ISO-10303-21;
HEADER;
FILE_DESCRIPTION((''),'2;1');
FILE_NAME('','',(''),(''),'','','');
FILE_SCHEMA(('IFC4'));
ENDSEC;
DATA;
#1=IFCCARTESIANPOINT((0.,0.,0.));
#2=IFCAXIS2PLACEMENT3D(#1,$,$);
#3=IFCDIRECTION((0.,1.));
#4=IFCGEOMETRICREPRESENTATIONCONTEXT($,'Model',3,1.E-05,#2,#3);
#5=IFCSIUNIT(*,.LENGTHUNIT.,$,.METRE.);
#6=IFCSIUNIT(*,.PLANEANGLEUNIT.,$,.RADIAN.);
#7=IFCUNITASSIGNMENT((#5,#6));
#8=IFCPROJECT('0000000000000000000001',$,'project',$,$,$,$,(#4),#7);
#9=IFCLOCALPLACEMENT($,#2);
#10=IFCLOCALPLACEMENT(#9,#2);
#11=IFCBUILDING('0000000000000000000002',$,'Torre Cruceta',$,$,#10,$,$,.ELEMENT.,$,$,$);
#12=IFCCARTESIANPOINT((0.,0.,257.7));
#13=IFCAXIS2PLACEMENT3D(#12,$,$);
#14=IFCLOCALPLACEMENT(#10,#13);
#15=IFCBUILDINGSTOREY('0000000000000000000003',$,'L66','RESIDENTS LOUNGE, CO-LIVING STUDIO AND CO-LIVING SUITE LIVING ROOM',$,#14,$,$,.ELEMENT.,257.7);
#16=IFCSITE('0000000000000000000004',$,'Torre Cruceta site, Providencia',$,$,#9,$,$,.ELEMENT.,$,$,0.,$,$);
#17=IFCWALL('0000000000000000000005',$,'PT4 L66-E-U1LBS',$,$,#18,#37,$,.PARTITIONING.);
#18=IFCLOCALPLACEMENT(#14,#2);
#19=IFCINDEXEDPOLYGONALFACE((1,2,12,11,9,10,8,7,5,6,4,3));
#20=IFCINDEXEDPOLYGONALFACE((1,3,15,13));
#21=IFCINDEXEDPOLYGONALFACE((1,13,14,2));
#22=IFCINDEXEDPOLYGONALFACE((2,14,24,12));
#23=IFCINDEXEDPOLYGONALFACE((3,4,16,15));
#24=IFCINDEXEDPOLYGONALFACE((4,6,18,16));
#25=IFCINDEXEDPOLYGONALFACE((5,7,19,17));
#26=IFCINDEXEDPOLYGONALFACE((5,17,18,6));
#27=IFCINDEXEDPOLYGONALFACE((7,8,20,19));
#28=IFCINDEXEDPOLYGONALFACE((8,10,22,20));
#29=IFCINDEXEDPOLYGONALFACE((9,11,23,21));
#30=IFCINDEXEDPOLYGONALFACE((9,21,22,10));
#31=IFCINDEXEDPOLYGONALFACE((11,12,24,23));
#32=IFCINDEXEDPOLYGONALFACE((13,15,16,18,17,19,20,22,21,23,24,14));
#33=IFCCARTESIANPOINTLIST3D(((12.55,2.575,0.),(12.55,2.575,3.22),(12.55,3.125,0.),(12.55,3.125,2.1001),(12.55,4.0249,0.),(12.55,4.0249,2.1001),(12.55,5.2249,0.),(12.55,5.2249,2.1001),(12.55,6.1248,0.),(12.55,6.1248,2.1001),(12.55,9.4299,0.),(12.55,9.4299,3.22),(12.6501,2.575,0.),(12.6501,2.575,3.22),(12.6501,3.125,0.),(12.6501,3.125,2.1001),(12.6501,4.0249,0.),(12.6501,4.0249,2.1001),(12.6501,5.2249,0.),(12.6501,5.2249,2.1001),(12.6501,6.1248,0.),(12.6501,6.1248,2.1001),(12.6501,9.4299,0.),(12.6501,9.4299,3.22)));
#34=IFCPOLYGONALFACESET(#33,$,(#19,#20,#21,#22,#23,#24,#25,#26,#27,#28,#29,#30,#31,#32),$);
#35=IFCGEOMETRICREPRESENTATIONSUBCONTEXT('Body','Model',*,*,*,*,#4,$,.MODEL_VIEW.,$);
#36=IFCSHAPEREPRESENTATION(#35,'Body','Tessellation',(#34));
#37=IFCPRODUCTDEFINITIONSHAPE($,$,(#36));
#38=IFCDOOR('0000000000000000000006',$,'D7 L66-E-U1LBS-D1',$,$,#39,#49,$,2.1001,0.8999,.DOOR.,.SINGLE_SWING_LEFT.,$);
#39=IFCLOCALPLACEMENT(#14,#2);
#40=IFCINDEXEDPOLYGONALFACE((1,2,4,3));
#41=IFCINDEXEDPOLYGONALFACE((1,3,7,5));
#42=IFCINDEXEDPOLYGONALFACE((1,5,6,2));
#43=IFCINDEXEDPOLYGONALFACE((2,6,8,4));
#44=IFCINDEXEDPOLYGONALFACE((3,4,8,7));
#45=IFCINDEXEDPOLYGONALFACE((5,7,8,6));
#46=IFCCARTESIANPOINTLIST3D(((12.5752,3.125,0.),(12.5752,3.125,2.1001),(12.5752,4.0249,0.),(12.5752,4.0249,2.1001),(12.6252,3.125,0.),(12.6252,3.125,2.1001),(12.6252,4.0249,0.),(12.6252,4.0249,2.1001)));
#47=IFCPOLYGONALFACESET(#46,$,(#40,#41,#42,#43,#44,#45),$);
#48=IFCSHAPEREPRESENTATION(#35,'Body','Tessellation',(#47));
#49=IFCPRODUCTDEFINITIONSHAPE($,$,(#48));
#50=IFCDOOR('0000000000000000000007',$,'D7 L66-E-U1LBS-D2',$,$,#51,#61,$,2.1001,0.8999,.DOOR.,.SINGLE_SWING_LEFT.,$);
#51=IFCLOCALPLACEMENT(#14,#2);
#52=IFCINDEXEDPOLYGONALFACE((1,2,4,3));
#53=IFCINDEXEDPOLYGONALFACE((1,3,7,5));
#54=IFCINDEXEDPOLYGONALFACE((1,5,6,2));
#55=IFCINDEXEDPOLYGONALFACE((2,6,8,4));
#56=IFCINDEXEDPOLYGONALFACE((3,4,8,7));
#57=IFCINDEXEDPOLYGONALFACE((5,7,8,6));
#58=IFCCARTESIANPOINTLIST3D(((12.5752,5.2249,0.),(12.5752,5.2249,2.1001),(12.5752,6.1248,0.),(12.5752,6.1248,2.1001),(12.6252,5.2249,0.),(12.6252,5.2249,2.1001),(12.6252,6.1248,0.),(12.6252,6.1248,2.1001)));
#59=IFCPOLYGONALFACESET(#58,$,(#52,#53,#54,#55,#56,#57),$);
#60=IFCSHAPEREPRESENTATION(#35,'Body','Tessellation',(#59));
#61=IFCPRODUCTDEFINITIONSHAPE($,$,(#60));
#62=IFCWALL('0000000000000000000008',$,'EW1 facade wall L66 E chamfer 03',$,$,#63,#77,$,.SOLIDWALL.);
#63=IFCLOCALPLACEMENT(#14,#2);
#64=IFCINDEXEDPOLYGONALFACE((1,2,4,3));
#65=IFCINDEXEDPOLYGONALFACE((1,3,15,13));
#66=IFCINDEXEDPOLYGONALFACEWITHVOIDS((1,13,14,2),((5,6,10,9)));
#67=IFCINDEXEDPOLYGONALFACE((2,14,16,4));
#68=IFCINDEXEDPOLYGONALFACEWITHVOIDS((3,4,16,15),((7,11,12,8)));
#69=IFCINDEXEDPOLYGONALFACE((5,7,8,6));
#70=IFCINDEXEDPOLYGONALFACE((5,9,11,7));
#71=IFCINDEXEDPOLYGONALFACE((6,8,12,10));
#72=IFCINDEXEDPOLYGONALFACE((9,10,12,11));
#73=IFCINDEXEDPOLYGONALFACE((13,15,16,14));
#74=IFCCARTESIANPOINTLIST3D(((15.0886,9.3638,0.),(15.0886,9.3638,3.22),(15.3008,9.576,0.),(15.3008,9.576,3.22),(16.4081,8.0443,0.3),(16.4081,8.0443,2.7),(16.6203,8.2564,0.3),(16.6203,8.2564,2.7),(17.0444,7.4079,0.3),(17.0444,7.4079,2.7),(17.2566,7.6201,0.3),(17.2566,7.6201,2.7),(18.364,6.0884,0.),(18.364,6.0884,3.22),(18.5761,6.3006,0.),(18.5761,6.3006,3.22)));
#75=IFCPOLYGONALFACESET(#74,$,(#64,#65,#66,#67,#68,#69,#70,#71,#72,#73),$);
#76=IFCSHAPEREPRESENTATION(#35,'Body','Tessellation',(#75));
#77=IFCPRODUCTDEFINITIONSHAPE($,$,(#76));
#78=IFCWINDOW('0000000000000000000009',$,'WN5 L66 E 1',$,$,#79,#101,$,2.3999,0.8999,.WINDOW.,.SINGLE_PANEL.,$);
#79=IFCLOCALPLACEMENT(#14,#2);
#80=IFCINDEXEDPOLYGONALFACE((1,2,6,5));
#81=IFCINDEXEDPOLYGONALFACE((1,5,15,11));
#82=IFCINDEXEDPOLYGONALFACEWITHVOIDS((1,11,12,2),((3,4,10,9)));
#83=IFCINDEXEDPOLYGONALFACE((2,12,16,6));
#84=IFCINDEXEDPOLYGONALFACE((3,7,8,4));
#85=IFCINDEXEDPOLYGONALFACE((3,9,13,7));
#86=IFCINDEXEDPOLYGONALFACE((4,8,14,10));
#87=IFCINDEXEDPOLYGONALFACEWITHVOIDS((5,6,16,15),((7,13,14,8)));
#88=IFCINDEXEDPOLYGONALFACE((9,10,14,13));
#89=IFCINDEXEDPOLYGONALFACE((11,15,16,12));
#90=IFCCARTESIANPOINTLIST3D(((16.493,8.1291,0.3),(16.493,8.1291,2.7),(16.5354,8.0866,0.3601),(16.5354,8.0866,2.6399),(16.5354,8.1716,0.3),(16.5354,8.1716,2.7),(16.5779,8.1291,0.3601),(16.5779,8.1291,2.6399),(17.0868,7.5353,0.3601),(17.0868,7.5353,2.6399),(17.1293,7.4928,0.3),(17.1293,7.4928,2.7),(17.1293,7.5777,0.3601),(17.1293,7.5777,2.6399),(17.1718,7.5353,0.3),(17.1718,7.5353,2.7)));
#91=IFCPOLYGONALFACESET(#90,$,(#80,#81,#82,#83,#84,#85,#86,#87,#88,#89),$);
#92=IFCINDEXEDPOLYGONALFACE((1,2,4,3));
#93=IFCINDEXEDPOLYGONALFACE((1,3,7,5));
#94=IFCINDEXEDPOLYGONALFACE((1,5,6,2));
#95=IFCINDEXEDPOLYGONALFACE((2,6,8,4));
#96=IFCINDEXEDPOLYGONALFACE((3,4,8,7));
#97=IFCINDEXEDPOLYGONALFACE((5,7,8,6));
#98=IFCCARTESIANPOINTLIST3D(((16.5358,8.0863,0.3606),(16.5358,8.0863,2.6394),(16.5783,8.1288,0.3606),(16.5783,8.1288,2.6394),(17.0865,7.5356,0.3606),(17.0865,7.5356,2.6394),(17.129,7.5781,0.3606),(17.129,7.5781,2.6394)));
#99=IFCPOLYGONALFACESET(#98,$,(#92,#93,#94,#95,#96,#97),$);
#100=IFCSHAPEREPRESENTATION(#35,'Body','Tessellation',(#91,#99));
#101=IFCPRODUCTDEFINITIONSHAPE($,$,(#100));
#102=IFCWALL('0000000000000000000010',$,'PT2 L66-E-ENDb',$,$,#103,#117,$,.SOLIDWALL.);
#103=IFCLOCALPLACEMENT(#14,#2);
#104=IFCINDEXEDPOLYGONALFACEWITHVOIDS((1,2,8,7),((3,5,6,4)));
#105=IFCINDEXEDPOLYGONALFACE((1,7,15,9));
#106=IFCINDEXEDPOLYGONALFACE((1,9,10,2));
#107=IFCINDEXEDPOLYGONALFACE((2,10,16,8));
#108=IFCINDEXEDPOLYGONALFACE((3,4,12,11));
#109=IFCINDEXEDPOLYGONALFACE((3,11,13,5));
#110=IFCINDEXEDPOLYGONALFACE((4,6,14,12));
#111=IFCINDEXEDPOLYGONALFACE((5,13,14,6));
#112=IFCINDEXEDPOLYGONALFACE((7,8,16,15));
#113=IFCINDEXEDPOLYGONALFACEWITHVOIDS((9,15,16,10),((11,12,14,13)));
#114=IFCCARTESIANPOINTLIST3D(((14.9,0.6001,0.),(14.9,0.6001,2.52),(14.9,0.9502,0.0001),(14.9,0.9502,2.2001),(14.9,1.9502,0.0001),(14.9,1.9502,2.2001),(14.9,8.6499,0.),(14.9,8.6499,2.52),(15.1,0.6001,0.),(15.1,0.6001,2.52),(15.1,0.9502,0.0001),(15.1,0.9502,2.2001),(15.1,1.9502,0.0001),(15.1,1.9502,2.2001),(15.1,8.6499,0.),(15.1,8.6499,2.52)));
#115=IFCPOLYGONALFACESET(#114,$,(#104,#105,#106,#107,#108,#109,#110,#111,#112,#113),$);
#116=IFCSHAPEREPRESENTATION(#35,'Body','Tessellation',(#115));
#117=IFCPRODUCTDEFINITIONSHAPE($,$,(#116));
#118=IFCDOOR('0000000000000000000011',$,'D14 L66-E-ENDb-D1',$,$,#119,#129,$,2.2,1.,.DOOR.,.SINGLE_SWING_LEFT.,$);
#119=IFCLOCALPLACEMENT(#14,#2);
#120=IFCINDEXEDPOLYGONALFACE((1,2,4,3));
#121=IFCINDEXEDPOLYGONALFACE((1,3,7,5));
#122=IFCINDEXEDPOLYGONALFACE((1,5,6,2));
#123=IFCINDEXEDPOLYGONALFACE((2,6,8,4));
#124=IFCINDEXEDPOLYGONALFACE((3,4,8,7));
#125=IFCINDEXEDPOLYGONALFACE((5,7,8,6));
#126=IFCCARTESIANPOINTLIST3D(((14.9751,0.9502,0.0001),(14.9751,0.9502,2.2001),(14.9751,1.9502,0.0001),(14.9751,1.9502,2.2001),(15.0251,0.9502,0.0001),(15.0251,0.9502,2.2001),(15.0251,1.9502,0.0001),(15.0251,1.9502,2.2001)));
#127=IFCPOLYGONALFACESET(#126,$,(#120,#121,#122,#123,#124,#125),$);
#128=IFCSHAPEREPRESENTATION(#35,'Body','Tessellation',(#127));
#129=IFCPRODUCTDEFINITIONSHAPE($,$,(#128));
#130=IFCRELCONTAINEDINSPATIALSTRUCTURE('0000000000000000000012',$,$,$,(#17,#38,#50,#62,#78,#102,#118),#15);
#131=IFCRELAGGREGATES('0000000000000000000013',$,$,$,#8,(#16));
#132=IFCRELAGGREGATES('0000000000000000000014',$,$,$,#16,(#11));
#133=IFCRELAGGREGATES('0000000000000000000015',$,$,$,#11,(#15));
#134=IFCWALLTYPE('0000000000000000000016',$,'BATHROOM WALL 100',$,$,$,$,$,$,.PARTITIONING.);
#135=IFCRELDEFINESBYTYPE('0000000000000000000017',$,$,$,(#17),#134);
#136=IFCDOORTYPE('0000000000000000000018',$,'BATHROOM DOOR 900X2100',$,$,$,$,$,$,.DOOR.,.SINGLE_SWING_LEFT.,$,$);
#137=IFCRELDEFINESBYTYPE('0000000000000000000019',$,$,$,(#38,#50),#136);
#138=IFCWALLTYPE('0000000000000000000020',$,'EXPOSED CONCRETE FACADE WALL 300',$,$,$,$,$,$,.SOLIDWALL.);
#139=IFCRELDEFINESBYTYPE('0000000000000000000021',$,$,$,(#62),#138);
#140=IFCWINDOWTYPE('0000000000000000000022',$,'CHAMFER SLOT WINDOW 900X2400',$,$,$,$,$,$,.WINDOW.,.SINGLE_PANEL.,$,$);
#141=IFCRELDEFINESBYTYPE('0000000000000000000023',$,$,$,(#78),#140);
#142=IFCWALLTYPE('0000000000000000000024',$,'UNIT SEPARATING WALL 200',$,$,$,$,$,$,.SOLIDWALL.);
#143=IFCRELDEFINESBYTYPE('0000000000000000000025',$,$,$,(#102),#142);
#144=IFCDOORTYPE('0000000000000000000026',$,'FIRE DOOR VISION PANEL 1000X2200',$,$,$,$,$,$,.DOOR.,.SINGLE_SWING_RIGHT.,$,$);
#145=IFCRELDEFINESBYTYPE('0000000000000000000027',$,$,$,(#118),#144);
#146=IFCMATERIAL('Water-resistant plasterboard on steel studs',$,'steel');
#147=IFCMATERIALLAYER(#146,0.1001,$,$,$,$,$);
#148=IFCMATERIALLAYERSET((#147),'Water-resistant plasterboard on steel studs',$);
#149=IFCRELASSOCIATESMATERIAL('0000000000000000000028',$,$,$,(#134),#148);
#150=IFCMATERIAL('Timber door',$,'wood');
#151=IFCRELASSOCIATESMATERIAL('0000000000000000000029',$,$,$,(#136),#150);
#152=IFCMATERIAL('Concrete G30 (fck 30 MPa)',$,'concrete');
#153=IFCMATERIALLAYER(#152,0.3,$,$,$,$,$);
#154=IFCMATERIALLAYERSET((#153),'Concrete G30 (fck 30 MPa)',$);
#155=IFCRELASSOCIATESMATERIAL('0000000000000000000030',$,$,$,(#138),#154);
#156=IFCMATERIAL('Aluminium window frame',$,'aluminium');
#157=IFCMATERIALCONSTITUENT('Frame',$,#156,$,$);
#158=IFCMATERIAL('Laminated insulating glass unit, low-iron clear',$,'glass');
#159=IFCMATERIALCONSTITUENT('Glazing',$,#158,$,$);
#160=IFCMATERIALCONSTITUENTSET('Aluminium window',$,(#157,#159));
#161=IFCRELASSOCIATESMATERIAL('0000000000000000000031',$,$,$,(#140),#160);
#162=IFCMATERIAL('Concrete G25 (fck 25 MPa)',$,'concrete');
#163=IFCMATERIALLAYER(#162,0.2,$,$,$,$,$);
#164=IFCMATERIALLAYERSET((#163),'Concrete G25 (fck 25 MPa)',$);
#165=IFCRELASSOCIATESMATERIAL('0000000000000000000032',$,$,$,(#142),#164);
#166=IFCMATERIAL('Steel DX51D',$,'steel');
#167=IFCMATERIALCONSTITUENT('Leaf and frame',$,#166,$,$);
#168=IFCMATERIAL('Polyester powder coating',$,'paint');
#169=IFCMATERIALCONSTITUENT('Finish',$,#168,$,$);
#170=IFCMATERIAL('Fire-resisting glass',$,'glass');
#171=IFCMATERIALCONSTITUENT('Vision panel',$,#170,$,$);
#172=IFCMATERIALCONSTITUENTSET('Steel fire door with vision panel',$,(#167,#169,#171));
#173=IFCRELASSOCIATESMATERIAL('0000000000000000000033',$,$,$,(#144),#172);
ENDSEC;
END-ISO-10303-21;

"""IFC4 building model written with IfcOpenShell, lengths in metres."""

from ifc_helpers import new_model, si_unit, direction, frame, frame_2d, origin, place, context, subcontext, project, spatial, rectangle, hollow_rectangle, extrude, material, layer, layer_set, constituent, constituent_set, type_object, element, fill, save


model = new_model("IFC4")

# Units and contexts
model_context = context("Model", 3, precision=1e-05, world=origin(), true_north=direction((0.0, 1.0)))
body_context = subcontext(model_context, "Body", "Model", "MODEL_VIEW")
ifc_project = project(units=[si_unit("LENGTHUNIT", "METRE"), si_unit("PLANEANGLEUNIT", "RADIAN")], contexts=[model_context])

# Site, building, storey
site_placement = place(None, origin())
site = spatial("IfcSite", under=ifc_project, at=site_placement, Name="Torre Cruceta site, Providencia", CompositionType="ELEMENT", RefElevation=0.0)
building_placement = place(site_placement, origin())
building = spatial("IfcBuilding", under=site, at=building_placement, Name="Torre Cruceta", CompositionType="ELEMENT")
storey_placement = place(building_placement, frame((0.0, 0.0, 257.7)))
storey = spatial("IfcBuildingStorey", under=building, at=storey_placement, Name="L66", Description="RESIDENTS LOUNGE, CO-LIVING STUDIO AND CO-LIVING SUITE LIVING ROOM", CompositionType="ELEMENT", Elevation=257.7)

# Shared definitions
ifc_material_1 = material(Name="Water-resistant plasterboard on steel studs", Category="steel")
ifc_layer_1 = layer(ifc_material_1, 0.1001)
ifc_layer_set_1 = layer_set([ifc_layer_1], Name="Water-resistant plasterboard on steel studs")
wall_type_1 = type_object("IfcWallType", Name="BATHROOM WALL 100", PredefinedType="PARTITIONING", material=ifc_layer_set_1)

# Wall, openings, doors
wall_1_placement = place(storey_placement, frame((12.6001, 2.575, 0.0), z_axis=(0.0, 0.0, 1.0), x_axis=(0.0, 1.0, 0.0)))
wall_1 = element("IfcWall", 1, at=wall_1_placement, inside=storey, type_object=wall_type_1, Name="PT4 L66-E-U1LBS", PredefinedType="PARTITIONING", context=body_context, shape_type="SweptSolid", body=[
    extrude(rectangle(XDim=6.855, YDim=0.1001, at=frame_2d((3.4275, 0.0))), origin(), (0.0, 0.0, 1.0), 3.22),
])
opening_1_placement = place(wall_1_placement, frame((0.55, 0.0, 0.0)))
opening_1 = element("IfcOpeningElement", 2, at=opening_1_placement, cuts=wall_1, PredefinedType="OPENING", context=body_context, shape_type="SweptSolid", body=[
    extrude(rectangle(XDim=0.8999, YDim=2.1001, at=frame_2d((0.45, 1.05))), frame((0.0, 0.0601, 0.0), z_axis=(0.0, -1.0, 0.0), x_axis=(1.0, 0.0, 0.0)), (0.0, 0.0, 1.0), 0.1201),
])
opening_2_placement = place(wall_1_placement, frame((2.6499, 0.0, 0.0)))
opening_2 = element("IfcOpeningElement", 3, at=opening_2_placement, cuts=wall_1, PredefinedType="OPENING", context=body_context, shape_type="SweptSolid", body=[
    extrude(rectangle(XDim=0.8999, YDim=2.1001, at=frame_2d((0.45, 1.05))), frame((0.0, 0.0601, 0.0), z_axis=(0.0, -1.0, 0.0), x_axis=(1.0, 0.0, 0.0)), (0.0, 0.0, 1.0), 0.1201),
])
ifc_material_2 = material(Name="Timber door", Category="wood")
door_type_1 = type_object("IfcDoorType", Name="BATHROOM DOOR 900X2100", OperationType="SINGLE_SWING_LEFT", PredefinedType="DOOR", material=ifc_material_2)
door_1_placement = place(opening_1_placement, origin())
door_1 = element("IfcDoor", 4, at=door_1_placement, inside=storey, type_object=door_type_1, Name="D7 L66-E-U1LBS-D1", OperationType="SINGLE_SWING_LEFT", OverallHeight=2.1001, OverallWidth=0.8999, PredefinedType="DOOR", context=body_context, shape_type="SweptSolid", body=[
    extrude(rectangle(XDim=0.8999, YDim=2.1001, at=frame_2d((0.45, 1.05))), frame((0.0, 0.0249, 0.0), z_axis=(0.0, -1.0, 0.0), x_axis=(1.0, 0.0, 0.0)), (0.0, 0.0, 1.0), 0.05),
])
fill(opening_1, door_1)
door_2_placement = place(opening_2_placement, origin())
door_2 = element("IfcDoor", 5, at=door_2_placement, inside=storey, type_object=door_type_1, Name="D7 L66-E-U1LBS-D2", OperationType="SINGLE_SWING_LEFT", OverallHeight=2.1001, OverallWidth=0.8999, PredefinedType="DOOR", context=body_context, shape_type="SweptSolid", body=[
    extrude(rectangle(XDim=0.8999, YDim=2.1001, at=frame_2d((0.45, 1.05))), frame((0.0, 0.0249, 0.0), z_axis=(0.0, -1.0, 0.0), x_axis=(1.0, 0.0, 0.0)), (0.0, 0.0, 1.0), 0.05),
])
fill(opening_2, door_2)

# Wall, opening, window
ifc_material_3 = material(Name="Concrete G30 (fck 30 MPa)", Category="concrete")
ifc_layer_2 = layer(ifc_material_3, 0.3)
ifc_layer_set_2 = layer_set([ifc_layer_2], Name="Concrete G30 (fck 30 MPa)")
wall_type_2 = type_object("IfcWallType", Name="EXPOSED CONCRETE FACADE WALL 300", PredefinedType="SOLIDWALL", material=ifc_layer_set_2)
wall_2_placement = place(storey_placement, frame((18.47, 6.1946, 0.0), z_axis=(0.0, 0.0, 1.0), x_axis=(-0.707107, 0.707107, 0.0)))
wall_2 = element("IfcWall", 6, at=wall_2_placement, inside=storey, type_object=wall_type_2, Name="EW1 facade wall L66 E chamfer 03", PredefinedType="SOLIDWALL", context=body_context, shape_type="SweptSolid", body=[
    extrude(rectangle(XDim=4.6321, YDim=0.3, at=frame_2d((2.3159, 0.0))), origin(), (0.0, 0.0, 1.0), 3.22),
])
opening_3_placement = place(wall_2_placement, frame((1.866, 0.0, 0.3)))
opening_3 = element("IfcOpeningElement", 7, at=opening_3_placement, cuts=wall_2, PredefinedType="OPENING", context=body_context, shape_type="SweptSolid", body=[
    extrude(rectangle(XDim=0.8999, YDim=2.3999, at=frame_2d((0.45, 1.2))), frame((0.0, 0.1599, 0.0), z_axis=(0.0, -1.0, 0.0), x_axis=(1.0, 0.0, 0.0)), (0.0, 0.0, 1.0), 0.3201),
])
ifc_material_4 = material(Name="Aluminium window frame", Category="aluminium")
ifc_constituent_1 = constituent(ifc_material_4, Name="Frame")
ifc_material_5 = material(Name="Laminated insulating glass unit, low-iron clear", Category="glass")
ifc_constituent_2 = constituent(ifc_material_5, Name="Glazing")
ifc_constituent_set_1 = constituent_set(constituents=[ifc_constituent_1, ifc_constituent_2], Name="Aluminium window")
window_type = type_object("IfcWindowType", Name="CHAMFER SLOT WINDOW 900X2400", PartitioningType="SINGLE_PANEL", PredefinedType="WINDOW", material=ifc_constituent_set_1)
window_placement = place(opening_3_placement, origin())
window = element("IfcWindow", 8, at=window_placement, inside=storey, type_object=window_type, Name="WN5 L66 E 1", OverallHeight=2.3999, OverallWidth=0.8999, PartitioningType="SINGLE_PANEL", PredefinedType="WINDOW", context=body_context, shape_type="SweptSolid", body=[
    extrude(hollow_rectangle(XDim=0.8999, YDim=2.3999, WallThickness=0.0601, at=frame_2d((0.45, 1.2))), frame((0.0, 0.03, 0.0), z_axis=(0.0, -1.0, 0.0), x_axis=(1.0, 0.0, 0.0)), (0.0, 0.0, 1.0), 0.0601),
    extrude(rectangle(XDim=0.7788, YDim=2.2788, at=frame_2d((0.45, 1.2))), frame((0.0, 0.03, 0.0), z_axis=(0.0, -1.0, 0.0), x_axis=(1.0, 0.0, 0.0)), (0.0, 0.0, 1.0), 0.0601),
])
fill(opening_3, window)

# Wall, opening, door
ifc_material_6 = material(Name="Concrete G25 (fck 25 MPa)", Category="concrete")
ifc_layer_3 = layer(ifc_material_6, 0.2)
ifc_layer_set_3 = layer_set([ifc_layer_3], Name="Concrete G25 (fck 25 MPa)")
wall_type_3 = type_object("IfcWallType", Name="UNIT SEPARATING WALL 200", PredefinedType="SOLIDWALL", material=ifc_layer_set_3)
wall_3_placement = place(storey_placement, frame((15.0, 0.6001, 0.0), z_axis=(0.0, 0.0, 1.0), x_axis=(0.0, 1.0, 0.0)))
wall_3 = element("IfcWall", 9, at=wall_3_placement, inside=storey, type_object=wall_type_3, Name="PT2 L66-E-ENDb", PredefinedType="SOLIDWALL", context=body_context, shape_type="SweptSolid", body=[
    extrude(rectangle(XDim=8.0498, YDim=0.2, at=frame_2d((4.0249, 0.0))), origin(), (0.0, 0.0, 1.0), 2.52),
])
opening_4_placement = place(wall_3_placement, frame((0.3501, 0.0, 0.0)))
opening_4 = element("IfcOpeningElement", 10, at=opening_4_placement, cuts=wall_3, PredefinedType="OPENING", context=body_context, shape_type="SweptSolid", body=[
    extrude(rectangle(XDim=1.0, YDim=2.2, at=frame_2d((0.5, 1.1001))), frame((0.0, 0.1099, 0.0), z_axis=(0.0, -1.0, 0.0), x_axis=(1.0, 0.0, 0.0)), (0.0, 0.0, 1.0), 0.22),
])
ifc_material_7 = material(Name="Steel DX51D", Category="steel")
ifc_constituent_3 = constituent(ifc_material_7, Name="Leaf and frame")
ifc_material_8 = material(Name="Polyester powder coating", Category="paint")
ifc_constituent_4 = constituent(ifc_material_8, Name="Finish")
ifc_material_9 = material(Name="Fire-resisting glass", Category="glass")
ifc_constituent_5 = constituent(ifc_material_9, Name="Vision panel")
ifc_constituent_set_2 = constituent_set(constituents=[ifc_constituent_3, ifc_constituent_4, ifc_constituent_5], Name="Steel fire door with vision panel")
door_type_2 = type_object("IfcDoorType", Name="FIRE DOOR VISION PANEL 1000X2200", OperationType="SINGLE_SWING_RIGHT", PredefinedType="DOOR", material=ifc_constituent_set_2)
door_3_placement = place(opening_4_placement, frame((1.0, 0.0, 0.0), z_axis=(0.0, 0.0, 1.0), x_axis=(-1.0, 0.0, 0.0)))
door_3 = element("IfcDoor", 11, at=door_3_placement, inside=storey, type_object=door_type_2, Name="D14 L66-E-ENDb-D1", OperationType="SINGLE_SWING_LEFT", OverallHeight=2.2, OverallWidth=1.0, PredefinedType="DOOR", context=body_context, shape_type="SweptSolid", body=[
    extrude(rectangle(XDim=1.0, YDim=2.2, at=frame_2d((0.5, 1.1001))), frame((0.0, 0.0251, 0.0), z_axis=(0.0, -1.0, 0.0), x_axis=(1.0, 0.0, 0.0)), (0.0, 0.0, 1.0), 0.05),
])
fill(opening_4, door_3)

save(model, "model.ifc")
